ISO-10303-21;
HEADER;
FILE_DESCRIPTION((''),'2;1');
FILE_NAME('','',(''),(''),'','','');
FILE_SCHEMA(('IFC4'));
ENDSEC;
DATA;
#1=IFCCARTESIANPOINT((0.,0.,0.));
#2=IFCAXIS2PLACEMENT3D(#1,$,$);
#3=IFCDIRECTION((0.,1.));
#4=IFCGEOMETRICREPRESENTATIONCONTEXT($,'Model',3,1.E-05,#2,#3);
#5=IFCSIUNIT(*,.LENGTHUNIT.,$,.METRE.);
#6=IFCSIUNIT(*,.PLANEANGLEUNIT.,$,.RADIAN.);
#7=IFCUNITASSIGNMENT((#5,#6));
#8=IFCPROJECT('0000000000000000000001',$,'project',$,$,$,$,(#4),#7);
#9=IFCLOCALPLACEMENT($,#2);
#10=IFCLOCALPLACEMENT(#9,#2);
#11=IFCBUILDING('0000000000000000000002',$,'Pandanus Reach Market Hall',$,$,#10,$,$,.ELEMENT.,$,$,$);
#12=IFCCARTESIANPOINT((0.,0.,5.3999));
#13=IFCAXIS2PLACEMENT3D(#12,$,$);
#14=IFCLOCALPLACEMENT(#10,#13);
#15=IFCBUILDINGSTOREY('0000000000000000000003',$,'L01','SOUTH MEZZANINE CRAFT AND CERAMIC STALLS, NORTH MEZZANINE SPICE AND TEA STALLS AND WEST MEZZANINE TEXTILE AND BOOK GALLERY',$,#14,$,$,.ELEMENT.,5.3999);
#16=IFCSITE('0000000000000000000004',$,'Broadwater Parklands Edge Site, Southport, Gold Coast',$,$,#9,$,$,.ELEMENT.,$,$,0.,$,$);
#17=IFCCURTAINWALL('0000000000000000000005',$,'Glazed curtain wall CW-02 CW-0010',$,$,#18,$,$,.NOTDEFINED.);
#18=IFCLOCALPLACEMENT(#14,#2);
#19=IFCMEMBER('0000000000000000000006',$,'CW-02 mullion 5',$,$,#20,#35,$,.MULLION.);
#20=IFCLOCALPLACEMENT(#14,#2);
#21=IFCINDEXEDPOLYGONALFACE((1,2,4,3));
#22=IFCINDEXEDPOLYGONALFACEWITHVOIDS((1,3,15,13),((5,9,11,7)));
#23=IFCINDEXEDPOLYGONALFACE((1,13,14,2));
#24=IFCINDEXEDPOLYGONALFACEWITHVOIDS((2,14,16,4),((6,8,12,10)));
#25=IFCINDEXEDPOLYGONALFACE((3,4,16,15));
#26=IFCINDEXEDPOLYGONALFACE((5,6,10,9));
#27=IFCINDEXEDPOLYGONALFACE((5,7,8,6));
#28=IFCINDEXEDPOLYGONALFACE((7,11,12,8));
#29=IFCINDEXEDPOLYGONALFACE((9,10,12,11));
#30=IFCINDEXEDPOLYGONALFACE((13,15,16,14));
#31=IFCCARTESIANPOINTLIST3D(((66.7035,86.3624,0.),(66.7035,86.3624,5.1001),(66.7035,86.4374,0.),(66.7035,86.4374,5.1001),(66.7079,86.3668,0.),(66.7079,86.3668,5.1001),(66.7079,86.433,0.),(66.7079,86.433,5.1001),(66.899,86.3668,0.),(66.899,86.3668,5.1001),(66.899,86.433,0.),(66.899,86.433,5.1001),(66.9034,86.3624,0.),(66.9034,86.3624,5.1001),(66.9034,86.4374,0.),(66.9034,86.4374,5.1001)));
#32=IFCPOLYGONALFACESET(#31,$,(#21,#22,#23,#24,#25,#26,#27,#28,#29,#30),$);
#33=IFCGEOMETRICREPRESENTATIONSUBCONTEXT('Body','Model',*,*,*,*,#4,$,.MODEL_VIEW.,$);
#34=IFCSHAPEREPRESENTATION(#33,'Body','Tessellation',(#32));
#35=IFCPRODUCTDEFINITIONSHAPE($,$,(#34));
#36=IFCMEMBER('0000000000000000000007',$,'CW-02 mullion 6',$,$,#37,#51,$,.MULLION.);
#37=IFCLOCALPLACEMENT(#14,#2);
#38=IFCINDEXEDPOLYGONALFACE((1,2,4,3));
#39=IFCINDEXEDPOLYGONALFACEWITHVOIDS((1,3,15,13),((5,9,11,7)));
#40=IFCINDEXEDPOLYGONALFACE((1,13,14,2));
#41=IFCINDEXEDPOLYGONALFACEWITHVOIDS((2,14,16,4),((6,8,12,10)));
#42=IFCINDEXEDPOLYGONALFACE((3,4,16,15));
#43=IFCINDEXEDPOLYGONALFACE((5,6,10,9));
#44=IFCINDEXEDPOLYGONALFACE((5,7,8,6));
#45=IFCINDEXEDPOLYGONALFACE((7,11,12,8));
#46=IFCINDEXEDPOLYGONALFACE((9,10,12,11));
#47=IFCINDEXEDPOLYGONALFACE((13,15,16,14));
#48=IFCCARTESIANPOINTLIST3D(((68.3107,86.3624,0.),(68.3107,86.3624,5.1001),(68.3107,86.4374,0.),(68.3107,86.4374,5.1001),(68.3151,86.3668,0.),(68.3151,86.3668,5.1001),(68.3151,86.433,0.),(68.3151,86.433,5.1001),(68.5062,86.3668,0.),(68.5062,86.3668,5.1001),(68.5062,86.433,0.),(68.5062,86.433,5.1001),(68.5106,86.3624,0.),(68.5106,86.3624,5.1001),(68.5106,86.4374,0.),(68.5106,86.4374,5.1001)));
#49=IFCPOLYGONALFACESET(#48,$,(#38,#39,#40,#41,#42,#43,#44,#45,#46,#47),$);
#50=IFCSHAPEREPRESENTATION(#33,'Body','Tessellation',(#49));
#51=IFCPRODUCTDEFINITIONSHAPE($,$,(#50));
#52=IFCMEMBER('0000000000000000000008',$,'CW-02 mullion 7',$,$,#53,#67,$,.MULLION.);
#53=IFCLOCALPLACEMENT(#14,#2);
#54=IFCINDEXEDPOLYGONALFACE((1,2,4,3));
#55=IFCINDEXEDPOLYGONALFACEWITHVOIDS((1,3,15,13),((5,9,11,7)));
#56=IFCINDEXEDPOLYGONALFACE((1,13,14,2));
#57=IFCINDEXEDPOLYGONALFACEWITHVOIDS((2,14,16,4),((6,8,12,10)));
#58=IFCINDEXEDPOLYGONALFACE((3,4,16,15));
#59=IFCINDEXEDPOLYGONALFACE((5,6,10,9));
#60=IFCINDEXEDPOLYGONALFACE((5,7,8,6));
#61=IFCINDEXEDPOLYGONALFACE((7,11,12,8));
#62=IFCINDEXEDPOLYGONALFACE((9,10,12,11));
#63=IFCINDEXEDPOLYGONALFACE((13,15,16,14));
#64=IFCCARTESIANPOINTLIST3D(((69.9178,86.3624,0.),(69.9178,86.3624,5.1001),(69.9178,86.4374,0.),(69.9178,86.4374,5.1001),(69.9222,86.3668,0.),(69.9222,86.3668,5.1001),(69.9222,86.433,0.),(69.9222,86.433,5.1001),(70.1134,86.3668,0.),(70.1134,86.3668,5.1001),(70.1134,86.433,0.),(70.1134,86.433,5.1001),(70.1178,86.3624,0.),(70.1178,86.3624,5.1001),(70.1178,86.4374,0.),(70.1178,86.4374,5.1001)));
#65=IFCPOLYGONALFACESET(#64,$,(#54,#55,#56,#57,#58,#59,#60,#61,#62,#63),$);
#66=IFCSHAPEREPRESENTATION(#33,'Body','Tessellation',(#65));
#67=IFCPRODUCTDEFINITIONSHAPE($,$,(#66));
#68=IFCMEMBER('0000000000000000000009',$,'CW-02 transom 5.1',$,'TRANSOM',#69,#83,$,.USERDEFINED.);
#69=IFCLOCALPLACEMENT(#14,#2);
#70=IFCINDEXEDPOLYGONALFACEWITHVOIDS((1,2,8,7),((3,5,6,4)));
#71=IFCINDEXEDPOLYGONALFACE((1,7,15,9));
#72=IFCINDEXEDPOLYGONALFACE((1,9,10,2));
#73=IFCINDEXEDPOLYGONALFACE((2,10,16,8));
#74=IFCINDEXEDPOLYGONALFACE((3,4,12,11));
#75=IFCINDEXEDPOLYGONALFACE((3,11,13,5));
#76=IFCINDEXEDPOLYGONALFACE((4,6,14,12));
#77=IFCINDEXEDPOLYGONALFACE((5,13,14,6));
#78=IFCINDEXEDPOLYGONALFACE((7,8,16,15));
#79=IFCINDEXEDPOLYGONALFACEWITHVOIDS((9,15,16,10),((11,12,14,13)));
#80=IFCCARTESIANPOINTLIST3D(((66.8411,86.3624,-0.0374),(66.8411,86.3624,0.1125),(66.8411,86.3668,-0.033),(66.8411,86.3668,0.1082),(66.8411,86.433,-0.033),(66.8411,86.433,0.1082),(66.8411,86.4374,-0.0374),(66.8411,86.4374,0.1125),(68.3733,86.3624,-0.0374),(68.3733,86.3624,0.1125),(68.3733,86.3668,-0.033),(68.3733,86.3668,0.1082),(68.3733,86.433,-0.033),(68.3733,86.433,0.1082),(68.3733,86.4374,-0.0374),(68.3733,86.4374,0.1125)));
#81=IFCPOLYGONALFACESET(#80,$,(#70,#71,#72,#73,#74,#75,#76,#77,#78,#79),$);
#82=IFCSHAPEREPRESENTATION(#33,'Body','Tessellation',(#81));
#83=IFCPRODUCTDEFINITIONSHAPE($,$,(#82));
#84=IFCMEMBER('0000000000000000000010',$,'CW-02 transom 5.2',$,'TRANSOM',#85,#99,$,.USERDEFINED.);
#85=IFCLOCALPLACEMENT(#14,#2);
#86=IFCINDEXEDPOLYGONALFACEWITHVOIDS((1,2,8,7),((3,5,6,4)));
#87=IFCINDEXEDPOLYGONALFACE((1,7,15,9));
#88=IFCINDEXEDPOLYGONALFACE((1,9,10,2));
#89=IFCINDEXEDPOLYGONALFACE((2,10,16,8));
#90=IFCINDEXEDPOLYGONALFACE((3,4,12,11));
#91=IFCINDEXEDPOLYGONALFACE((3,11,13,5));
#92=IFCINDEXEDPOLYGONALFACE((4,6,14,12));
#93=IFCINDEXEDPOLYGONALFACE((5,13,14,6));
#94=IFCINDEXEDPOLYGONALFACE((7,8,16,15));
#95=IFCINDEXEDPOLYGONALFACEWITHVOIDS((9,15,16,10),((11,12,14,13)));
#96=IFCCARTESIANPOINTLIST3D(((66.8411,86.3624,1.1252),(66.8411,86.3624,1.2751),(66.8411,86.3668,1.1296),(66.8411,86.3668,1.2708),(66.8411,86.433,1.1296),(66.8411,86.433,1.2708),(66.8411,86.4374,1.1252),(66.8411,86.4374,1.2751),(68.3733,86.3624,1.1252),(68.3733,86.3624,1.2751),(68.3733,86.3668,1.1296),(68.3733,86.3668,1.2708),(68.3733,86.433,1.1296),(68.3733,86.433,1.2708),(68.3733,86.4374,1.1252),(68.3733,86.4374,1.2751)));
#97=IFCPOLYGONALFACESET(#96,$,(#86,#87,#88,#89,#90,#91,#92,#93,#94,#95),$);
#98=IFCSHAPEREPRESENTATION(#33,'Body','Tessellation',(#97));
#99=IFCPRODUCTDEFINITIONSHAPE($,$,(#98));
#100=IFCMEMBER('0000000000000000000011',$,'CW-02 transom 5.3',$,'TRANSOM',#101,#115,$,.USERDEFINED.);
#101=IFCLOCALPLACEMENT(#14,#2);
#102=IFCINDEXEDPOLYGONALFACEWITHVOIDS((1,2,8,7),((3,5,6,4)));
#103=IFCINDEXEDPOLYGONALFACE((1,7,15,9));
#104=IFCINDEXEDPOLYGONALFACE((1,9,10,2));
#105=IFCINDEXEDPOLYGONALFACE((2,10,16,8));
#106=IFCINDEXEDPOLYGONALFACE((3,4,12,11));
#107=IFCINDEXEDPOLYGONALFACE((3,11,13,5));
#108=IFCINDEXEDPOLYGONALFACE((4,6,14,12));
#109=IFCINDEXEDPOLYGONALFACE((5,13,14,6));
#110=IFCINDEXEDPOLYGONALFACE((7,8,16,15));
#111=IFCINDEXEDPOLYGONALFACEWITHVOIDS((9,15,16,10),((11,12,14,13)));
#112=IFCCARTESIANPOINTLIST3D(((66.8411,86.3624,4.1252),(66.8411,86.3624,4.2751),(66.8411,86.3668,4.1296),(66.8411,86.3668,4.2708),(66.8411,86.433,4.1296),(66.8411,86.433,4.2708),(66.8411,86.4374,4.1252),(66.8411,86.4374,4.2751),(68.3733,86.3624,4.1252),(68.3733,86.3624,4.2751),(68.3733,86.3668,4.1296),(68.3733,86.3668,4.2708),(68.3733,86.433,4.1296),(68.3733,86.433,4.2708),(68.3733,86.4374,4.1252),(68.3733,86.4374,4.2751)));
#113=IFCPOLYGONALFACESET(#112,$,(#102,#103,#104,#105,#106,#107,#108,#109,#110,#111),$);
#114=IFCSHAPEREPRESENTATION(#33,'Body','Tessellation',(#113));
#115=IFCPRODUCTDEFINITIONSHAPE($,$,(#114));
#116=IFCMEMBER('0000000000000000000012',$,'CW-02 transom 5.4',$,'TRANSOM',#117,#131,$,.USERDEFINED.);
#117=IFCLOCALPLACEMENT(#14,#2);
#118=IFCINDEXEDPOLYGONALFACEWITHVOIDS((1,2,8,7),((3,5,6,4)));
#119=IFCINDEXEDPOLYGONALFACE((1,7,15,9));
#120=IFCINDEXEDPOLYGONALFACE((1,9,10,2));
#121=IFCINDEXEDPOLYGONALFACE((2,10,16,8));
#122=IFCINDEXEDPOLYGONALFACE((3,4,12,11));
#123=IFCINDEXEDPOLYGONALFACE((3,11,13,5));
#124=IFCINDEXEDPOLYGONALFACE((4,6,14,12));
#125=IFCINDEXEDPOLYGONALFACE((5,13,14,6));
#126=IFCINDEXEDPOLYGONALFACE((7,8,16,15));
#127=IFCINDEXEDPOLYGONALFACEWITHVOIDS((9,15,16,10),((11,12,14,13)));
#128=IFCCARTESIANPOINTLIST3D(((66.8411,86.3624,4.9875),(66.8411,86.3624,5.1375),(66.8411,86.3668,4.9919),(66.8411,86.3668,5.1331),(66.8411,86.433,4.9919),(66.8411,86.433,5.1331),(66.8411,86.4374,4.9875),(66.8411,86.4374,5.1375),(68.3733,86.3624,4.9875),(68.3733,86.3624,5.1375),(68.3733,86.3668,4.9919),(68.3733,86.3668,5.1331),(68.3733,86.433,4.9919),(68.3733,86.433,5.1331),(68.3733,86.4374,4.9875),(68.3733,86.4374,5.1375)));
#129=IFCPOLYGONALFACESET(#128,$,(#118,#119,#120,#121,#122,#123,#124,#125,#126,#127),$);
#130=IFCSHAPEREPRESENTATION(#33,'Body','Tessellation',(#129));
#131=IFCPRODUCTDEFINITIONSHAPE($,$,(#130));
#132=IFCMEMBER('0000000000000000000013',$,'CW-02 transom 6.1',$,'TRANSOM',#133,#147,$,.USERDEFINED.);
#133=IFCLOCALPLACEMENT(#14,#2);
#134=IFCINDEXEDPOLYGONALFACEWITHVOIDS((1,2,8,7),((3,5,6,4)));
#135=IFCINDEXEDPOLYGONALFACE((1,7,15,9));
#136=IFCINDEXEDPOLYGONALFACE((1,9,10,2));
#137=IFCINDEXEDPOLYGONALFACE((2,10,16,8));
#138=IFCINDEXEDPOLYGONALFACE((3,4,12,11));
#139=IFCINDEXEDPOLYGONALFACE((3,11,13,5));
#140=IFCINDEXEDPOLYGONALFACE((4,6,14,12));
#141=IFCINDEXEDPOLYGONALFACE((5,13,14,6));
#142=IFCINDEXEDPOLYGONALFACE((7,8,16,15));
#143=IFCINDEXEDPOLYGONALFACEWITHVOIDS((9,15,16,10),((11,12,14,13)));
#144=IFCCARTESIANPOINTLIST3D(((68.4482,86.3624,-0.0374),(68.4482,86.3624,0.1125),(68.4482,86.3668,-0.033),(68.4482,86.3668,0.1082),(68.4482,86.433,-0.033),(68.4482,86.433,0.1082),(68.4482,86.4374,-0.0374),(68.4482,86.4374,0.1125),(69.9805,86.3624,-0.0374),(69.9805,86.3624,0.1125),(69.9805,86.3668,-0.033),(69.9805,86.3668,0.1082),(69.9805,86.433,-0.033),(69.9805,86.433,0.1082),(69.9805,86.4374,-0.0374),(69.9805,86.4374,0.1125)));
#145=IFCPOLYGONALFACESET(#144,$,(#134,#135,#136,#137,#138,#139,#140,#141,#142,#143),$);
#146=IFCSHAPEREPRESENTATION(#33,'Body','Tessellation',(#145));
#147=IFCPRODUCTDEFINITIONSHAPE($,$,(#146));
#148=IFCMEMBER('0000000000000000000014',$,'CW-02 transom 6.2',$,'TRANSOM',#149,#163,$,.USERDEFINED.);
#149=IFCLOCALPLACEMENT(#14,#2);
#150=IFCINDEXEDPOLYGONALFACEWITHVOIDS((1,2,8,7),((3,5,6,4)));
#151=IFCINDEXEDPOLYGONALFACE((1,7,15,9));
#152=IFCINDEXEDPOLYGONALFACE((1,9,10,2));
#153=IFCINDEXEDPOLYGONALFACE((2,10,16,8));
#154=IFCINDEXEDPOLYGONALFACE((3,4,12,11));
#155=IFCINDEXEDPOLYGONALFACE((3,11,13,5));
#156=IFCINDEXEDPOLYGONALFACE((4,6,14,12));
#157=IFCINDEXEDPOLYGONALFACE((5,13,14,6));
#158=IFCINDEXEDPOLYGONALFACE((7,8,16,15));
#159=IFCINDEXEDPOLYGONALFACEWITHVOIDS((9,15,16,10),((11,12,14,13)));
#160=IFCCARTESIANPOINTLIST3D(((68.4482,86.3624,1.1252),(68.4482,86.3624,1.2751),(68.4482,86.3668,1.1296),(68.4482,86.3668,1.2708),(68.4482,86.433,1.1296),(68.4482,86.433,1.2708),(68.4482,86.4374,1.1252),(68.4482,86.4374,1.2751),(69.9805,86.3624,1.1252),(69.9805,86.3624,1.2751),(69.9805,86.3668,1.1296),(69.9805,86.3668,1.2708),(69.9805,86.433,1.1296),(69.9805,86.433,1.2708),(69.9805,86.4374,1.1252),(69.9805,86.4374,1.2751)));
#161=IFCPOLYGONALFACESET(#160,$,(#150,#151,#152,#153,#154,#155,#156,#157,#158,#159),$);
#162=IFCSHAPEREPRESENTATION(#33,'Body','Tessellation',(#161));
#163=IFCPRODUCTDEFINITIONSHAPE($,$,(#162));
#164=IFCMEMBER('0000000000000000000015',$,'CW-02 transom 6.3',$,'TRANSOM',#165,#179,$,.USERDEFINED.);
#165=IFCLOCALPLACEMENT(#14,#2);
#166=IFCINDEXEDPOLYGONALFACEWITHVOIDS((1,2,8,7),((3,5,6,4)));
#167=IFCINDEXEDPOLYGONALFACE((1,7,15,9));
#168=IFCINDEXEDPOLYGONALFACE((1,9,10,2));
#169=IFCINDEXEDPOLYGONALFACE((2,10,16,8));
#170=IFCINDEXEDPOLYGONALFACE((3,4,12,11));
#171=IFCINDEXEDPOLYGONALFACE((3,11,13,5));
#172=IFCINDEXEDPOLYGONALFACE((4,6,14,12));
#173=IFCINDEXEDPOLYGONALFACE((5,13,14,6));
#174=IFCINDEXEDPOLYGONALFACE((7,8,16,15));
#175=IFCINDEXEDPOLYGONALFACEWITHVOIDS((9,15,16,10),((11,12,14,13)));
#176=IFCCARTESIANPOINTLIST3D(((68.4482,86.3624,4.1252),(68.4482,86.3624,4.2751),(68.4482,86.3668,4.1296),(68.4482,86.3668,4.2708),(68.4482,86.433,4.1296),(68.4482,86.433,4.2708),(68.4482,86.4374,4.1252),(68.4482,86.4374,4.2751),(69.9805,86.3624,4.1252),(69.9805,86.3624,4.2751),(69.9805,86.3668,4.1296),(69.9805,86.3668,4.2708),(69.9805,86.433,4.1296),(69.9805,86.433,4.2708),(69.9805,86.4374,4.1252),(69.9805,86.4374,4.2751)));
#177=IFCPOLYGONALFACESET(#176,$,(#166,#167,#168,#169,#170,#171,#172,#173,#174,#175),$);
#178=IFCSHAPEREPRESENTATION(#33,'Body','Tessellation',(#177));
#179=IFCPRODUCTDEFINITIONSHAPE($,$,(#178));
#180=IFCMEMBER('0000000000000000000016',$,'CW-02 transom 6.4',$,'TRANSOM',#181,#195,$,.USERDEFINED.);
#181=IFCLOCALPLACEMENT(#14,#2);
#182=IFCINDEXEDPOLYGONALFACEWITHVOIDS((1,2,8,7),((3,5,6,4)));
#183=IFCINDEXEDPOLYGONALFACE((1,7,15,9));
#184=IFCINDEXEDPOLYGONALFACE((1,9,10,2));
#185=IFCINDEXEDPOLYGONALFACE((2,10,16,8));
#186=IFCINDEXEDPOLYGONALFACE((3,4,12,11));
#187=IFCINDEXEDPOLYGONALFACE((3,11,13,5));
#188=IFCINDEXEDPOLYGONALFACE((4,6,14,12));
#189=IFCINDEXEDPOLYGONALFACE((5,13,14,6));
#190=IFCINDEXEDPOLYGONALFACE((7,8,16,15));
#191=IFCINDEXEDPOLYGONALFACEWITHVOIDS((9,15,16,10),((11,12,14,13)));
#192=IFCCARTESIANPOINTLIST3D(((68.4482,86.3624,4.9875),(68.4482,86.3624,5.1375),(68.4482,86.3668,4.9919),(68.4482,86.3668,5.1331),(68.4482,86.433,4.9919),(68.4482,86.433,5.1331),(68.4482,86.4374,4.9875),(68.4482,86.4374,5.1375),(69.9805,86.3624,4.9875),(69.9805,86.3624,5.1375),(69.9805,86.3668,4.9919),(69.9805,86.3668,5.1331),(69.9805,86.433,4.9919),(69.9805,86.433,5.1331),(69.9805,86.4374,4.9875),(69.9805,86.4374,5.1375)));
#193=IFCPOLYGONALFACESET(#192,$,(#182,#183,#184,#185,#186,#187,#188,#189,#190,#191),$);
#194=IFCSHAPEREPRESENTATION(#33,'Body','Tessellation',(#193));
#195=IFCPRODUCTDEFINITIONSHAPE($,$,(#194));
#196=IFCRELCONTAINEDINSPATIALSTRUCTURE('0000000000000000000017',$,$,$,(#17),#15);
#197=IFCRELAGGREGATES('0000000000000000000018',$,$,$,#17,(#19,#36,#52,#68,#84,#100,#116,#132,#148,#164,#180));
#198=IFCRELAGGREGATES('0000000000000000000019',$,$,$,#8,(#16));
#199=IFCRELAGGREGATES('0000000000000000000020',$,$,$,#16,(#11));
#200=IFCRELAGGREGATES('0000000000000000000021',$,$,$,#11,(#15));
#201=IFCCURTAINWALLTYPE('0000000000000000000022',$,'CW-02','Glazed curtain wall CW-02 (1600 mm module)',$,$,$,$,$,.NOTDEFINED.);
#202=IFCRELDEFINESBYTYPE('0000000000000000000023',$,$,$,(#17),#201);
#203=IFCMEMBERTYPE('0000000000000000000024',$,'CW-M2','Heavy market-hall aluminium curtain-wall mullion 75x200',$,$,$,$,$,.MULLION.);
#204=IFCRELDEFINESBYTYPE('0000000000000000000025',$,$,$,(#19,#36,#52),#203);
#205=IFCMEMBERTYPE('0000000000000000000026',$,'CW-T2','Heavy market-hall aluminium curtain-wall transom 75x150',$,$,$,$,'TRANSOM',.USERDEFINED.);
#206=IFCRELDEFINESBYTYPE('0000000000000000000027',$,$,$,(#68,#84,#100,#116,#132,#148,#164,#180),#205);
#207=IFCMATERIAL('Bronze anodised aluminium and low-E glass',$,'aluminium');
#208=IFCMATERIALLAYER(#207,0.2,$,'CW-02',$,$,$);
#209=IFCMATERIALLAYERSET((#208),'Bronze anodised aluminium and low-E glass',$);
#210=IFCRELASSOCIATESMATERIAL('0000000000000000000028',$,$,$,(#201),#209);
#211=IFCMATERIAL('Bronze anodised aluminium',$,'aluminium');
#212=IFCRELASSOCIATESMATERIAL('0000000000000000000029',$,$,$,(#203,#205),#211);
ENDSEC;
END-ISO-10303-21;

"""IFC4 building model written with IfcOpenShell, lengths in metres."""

from ifc_helpers import new_model, si_unit, direction, frame, origin, origin_2d, place, context, subcontext, project, spatial, hollow_rectangle, extrude, material, layer, layer_set, material_profile, profile_set, type_object, element, aggregate, save


model = new_model("IFC4")

# Units and contexts
model_context = context("Model", 3, precision=1e-05, world=origin(), true_north=direction((0.0, 1.0)))
body_context = subcontext(model_context, "Body", "Model", "MODEL_VIEW")
ifc_project = project(units=[si_unit("LENGTHUNIT", "METRE"), si_unit("PLANEANGLEUNIT", "RADIAN")], contexts=[model_context])

# Site, building, storey
site_placement = place(None, origin())
site = spatial("IfcSite", under=ifc_project, at=site_placement, Name="Broadwater Parklands Edge Site, Southport, Gold Coast", CompositionType="ELEMENT", RefElevation=0.0)
building_placement = place(site_placement, origin())
building = spatial("IfcBuilding", under=site, at=building_placement, Name="Pandanus Reach Market Hall", CompositionType="ELEMENT")
storey_placement = place(building_placement, frame((0.0, 0.0, 5.3999)))
storey = spatial("IfcBuildingStorey", under=building, at=storey_placement, Name="L01", Description="SOUTH MEZZANINE CRAFT AND CERAMIC STALLS, NORTH MEZZANINE SPICE AND TEA STALLS AND WEST MEZZANINE TEXTILE AND BOOK GALLERY", CompositionType="ELEMENT", Elevation=5.3999)

# Curtain wall, members
ifc_material_1 = material(Name="Bronze anodised aluminium and low-E glass", Category="aluminium")
ifc_layer_1 = layer(ifc_material_1, 0.2, Name="CW-02")
ifc_layer_set_1 = layer_set([ifc_layer_1], Name="Bronze anodised aluminium and low-E glass")
curtain_wall_type = type_object("IfcCurtainWallType", Name="CW-02", Description="Glazed curtain wall CW-02 (1600 mm module)", PredefinedType="NOTDEFINED", material=ifc_layer_set_1)
curtain_wall_placement = place(storey_placement, origin())
curtain_wall = element("IfcCurtainWall", 1, at=curtain_wall_placement, inside=storey, type_object=curtain_wall_type, Name="Glazed curtain wall CW-02 CW-0010", PredefinedType="NOTDEFINED")
ifc_material_2 = material(Name="Bronze anodised aluminium", Category="aluminium")
ifc_material_profile_1 = material_profile(ifc_material_2, hollow_rectangle(XDim=0.075, YDim=0.2, WallThickness=0.0044, at=origin_2d()), Name="ALU75x200", Category="LoadBearing")
ifc_profile_set_1 = profile_set([ifc_material_profile_1], Name="Bronze anodised aluminium")
member_type_1 = type_object("IfcMemberType", Name="CW-M2", Description="Heavy market-hall aluminium curtain-wall mullion 75x200", PredefinedType="MULLION", material=ifc_profile_set_1)
member_1_placement = place(storey_placement, frame((66.8035, 86.3999, 0.0), z_axis=(0.0, 0.0, 1.0), x_axis=(0.0, 1.0, 0.0)))
member_1 = element("IfcMember", 2, at=member_1_placement, type_object=member_type_1, Name="CW-02 mullion 5", PredefinedType="MULLION", context=body_context, shape_type="SweptSolid", body=[
    extrude(hollow_rectangle(XDim=0.075, YDim=0.2, WallThickness=0.0044, at=origin_2d()), origin(), (0.0, 0.0, 1.0), 5.1001),
])
member_2_placement = place(storey_placement, frame((68.4106, 86.3999, 0.0), z_axis=(0.0, 0.0, 1.0), x_axis=(0.0, 1.0, 0.0)))
member_2 = element("IfcMember", 3, at=member_2_placement, type_object=member_type_1, Name="CW-02 mullion 6", PredefinedType="MULLION", context=body_context, shape_type="SweptSolid", body=[
    extrude(hollow_rectangle(XDim=0.075, YDim=0.2, WallThickness=0.0044, at=origin_2d()), origin(), (0.0, 0.0, 1.0), 5.1001),
])
member_3_placement = place(storey_placement, frame((70.0178, 86.3999, 0.0), z_axis=(0.0, 0.0, 1.0), x_axis=(0.0, 1.0, 0.0)))
member_3 = element("IfcMember", 4, at=member_3_placement, type_object=member_type_1, Name="CW-02 mullion 7", PredefinedType="MULLION", context=body_context, shape_type="SweptSolid", body=[
    extrude(hollow_rectangle(XDim=0.075, YDim=0.2, WallThickness=0.0044, at=origin_2d()), origin(), (0.0, 0.0, 1.0), 5.1001),
])
ifc_material_profile_2 = material_profile(ifc_material_2, hollow_rectangle(XDim=0.075, YDim=0.1499, WallThickness=0.0044, at=origin_2d()), Name="ALU75x150", Category="LoadBearing")
ifc_profile_set_2 = profile_set([ifc_material_profile_2], Name="Bronze anodised aluminium")
member_type_2 = type_object("IfcMemberType", Name="CW-T2", Description="Heavy market-hall aluminium curtain-wall transom 75x150", ElementType="TRANSOM", PredefinedType="USERDEFINED", material=ifc_profile_set_2)
member_4_placement = place(storey_placement, frame((66.8411, 86.3999, 0.0376), z_axis=(1.0, 0.0, 0.0), x_axis=(0.0, 1.0, 0.0)))
member_4 = element("IfcMember", 5, at=member_4_placement, type_object=member_type_2, Name="CW-02 transom 5.1", ObjectType="TRANSOM", PredefinedType="USERDEFINED", context=body_context, shape_type="SweptSolid", body=[
    extrude(hollow_rectangle(XDim=0.075, YDim=0.1499, WallThickness=0.0044, at=origin_2d()), origin(), (0.0, 0.0, 1.0), 1.5322),
])
member_5_placement = place(storey_placement, frame((66.8411, 86.3999, 1.2002), z_axis=(1.0, 0.0, 0.0), x_axis=(0.0, 1.0, 0.0)))
member_5 = element("IfcMember", 6, at=member_5_placement, type_object=member_type_2, Name="CW-02 transom 5.2", ObjectType="TRANSOM", PredefinedType="USERDEFINED", context=body_context, shape_type="SweptSolid", body=[
    extrude(hollow_rectangle(XDim=0.075, YDim=0.1499, WallThickness=0.0044, at=origin_2d()), origin(), (0.0, 0.0, 1.0), 1.5322),
])
member_6_placement = place(storey_placement, frame((66.8411, 86.3999, 4.2002), z_axis=(1.0, 0.0, 0.0), x_axis=(0.0, 1.0, 0.0)))
member_6 = element("IfcMember", 7, at=member_6_placement, type_object=member_type_2, Name="CW-02 transom 5.3", ObjectType="TRANSOM", PredefinedType="USERDEFINED", context=body_context, shape_type="SweptSolid", body=[
    extrude(hollow_rectangle(XDim=0.075, YDim=0.1499, WallThickness=0.0044, at=origin_2d()), origin(), (0.0, 0.0, 1.0), 1.5322),
])
member_7_placement = place(storey_placement, frame((66.8411, 86.3999, 5.0625), z_axis=(1.0, 0.0, 0.0), x_axis=(0.0, 1.0, 0.0)))
member_7 = element("IfcMember", 8, at=member_7_placement, type_object=member_type_2, Name="CW-02 transom 5.4", ObjectType="TRANSOM", PredefinedType="USERDEFINED", context=body_context, shape_type="SweptSolid", body=[
    extrude(hollow_rectangle(XDim=0.075, YDim=0.1499, WallThickness=0.0044, at=origin_2d()), origin(), (0.0, 0.0, 1.0), 1.5322),
])
member_8_placement = place(storey_placement, frame((68.4482, 86.3999, 0.0376), z_axis=(1.0, 0.0, 0.0), x_axis=(0.0, 1.0, 0.0)))
member_8 = element("IfcMember", 9, at=member_8_placement, type_object=member_type_2, Name="CW-02 transom 6.1", ObjectType="TRANSOM", PredefinedType="USERDEFINED", context=body_context, shape_type="SweptSolid", body=[
    extrude(hollow_rectangle(XDim=0.075, YDim=0.1499, WallThickness=0.0044, at=origin_2d()), origin(), (0.0, 0.0, 1.0), 1.5322),
])
member_9_placement = place(storey_placement, frame((68.4482, 86.3999, 1.2002), z_axis=(1.0, 0.0, 0.0), x_axis=(0.0, 1.0, 0.0)))
member_9 = element("IfcMember", 10, at=member_9_placement, type_object=member_type_2, Name="CW-02 transom 6.2", ObjectType="TRANSOM", PredefinedType="USERDEFINED", context=body_context, shape_type="SweptSolid", body=[
    extrude(hollow_rectangle(XDim=0.075, YDim=0.1499, WallThickness=0.0044, at=origin_2d()), origin(), (0.0, 0.0, 1.0), 1.5322),
])
member_10_placement = place(storey_placement, frame((68.4482, 86.3999, 4.2002), z_axis=(1.0, 0.0, 0.0), x_axis=(0.0, 1.0, 0.0)))
member_10 = element("IfcMember", 11, at=member_10_placement, type_object=member_type_2, Name="CW-02 transom 6.3", ObjectType="TRANSOM", PredefinedType="USERDEFINED", context=body_context, shape_type="SweptSolid", body=[
    extrude(hollow_rectangle(XDim=0.075, YDim=0.1499, WallThickness=0.0044, at=origin_2d()), origin(), (0.0, 0.0, 1.0), 1.5322),
])
member_11_placement = place(storey_placement, frame((68.4482, 86.3999, 5.0625), z_axis=(1.0, 0.0, 0.0), x_axis=(0.0, 1.0, 0.0)))
member_11 = element("IfcMember", 12, at=member_11_placement, type_object=member_type_2, Name="CW-02 transom 6.4", ObjectType="TRANSOM", PredefinedType="USERDEFINED", context=body_context, shape_type="SweptSolid", body=[
    extrude(hollow_rectangle(XDim=0.075, YDim=0.1499, WallThickness=0.0044, at=origin_2d()), origin(), (0.0, 0.0, 1.0), 1.5322),
])
aggregate(curtain_wall, [member_1, member_2, member_3, member_4, member_5, member_6, member_7, member_8, member_9, member_10, member_11])

save(model, "model.ifc")
